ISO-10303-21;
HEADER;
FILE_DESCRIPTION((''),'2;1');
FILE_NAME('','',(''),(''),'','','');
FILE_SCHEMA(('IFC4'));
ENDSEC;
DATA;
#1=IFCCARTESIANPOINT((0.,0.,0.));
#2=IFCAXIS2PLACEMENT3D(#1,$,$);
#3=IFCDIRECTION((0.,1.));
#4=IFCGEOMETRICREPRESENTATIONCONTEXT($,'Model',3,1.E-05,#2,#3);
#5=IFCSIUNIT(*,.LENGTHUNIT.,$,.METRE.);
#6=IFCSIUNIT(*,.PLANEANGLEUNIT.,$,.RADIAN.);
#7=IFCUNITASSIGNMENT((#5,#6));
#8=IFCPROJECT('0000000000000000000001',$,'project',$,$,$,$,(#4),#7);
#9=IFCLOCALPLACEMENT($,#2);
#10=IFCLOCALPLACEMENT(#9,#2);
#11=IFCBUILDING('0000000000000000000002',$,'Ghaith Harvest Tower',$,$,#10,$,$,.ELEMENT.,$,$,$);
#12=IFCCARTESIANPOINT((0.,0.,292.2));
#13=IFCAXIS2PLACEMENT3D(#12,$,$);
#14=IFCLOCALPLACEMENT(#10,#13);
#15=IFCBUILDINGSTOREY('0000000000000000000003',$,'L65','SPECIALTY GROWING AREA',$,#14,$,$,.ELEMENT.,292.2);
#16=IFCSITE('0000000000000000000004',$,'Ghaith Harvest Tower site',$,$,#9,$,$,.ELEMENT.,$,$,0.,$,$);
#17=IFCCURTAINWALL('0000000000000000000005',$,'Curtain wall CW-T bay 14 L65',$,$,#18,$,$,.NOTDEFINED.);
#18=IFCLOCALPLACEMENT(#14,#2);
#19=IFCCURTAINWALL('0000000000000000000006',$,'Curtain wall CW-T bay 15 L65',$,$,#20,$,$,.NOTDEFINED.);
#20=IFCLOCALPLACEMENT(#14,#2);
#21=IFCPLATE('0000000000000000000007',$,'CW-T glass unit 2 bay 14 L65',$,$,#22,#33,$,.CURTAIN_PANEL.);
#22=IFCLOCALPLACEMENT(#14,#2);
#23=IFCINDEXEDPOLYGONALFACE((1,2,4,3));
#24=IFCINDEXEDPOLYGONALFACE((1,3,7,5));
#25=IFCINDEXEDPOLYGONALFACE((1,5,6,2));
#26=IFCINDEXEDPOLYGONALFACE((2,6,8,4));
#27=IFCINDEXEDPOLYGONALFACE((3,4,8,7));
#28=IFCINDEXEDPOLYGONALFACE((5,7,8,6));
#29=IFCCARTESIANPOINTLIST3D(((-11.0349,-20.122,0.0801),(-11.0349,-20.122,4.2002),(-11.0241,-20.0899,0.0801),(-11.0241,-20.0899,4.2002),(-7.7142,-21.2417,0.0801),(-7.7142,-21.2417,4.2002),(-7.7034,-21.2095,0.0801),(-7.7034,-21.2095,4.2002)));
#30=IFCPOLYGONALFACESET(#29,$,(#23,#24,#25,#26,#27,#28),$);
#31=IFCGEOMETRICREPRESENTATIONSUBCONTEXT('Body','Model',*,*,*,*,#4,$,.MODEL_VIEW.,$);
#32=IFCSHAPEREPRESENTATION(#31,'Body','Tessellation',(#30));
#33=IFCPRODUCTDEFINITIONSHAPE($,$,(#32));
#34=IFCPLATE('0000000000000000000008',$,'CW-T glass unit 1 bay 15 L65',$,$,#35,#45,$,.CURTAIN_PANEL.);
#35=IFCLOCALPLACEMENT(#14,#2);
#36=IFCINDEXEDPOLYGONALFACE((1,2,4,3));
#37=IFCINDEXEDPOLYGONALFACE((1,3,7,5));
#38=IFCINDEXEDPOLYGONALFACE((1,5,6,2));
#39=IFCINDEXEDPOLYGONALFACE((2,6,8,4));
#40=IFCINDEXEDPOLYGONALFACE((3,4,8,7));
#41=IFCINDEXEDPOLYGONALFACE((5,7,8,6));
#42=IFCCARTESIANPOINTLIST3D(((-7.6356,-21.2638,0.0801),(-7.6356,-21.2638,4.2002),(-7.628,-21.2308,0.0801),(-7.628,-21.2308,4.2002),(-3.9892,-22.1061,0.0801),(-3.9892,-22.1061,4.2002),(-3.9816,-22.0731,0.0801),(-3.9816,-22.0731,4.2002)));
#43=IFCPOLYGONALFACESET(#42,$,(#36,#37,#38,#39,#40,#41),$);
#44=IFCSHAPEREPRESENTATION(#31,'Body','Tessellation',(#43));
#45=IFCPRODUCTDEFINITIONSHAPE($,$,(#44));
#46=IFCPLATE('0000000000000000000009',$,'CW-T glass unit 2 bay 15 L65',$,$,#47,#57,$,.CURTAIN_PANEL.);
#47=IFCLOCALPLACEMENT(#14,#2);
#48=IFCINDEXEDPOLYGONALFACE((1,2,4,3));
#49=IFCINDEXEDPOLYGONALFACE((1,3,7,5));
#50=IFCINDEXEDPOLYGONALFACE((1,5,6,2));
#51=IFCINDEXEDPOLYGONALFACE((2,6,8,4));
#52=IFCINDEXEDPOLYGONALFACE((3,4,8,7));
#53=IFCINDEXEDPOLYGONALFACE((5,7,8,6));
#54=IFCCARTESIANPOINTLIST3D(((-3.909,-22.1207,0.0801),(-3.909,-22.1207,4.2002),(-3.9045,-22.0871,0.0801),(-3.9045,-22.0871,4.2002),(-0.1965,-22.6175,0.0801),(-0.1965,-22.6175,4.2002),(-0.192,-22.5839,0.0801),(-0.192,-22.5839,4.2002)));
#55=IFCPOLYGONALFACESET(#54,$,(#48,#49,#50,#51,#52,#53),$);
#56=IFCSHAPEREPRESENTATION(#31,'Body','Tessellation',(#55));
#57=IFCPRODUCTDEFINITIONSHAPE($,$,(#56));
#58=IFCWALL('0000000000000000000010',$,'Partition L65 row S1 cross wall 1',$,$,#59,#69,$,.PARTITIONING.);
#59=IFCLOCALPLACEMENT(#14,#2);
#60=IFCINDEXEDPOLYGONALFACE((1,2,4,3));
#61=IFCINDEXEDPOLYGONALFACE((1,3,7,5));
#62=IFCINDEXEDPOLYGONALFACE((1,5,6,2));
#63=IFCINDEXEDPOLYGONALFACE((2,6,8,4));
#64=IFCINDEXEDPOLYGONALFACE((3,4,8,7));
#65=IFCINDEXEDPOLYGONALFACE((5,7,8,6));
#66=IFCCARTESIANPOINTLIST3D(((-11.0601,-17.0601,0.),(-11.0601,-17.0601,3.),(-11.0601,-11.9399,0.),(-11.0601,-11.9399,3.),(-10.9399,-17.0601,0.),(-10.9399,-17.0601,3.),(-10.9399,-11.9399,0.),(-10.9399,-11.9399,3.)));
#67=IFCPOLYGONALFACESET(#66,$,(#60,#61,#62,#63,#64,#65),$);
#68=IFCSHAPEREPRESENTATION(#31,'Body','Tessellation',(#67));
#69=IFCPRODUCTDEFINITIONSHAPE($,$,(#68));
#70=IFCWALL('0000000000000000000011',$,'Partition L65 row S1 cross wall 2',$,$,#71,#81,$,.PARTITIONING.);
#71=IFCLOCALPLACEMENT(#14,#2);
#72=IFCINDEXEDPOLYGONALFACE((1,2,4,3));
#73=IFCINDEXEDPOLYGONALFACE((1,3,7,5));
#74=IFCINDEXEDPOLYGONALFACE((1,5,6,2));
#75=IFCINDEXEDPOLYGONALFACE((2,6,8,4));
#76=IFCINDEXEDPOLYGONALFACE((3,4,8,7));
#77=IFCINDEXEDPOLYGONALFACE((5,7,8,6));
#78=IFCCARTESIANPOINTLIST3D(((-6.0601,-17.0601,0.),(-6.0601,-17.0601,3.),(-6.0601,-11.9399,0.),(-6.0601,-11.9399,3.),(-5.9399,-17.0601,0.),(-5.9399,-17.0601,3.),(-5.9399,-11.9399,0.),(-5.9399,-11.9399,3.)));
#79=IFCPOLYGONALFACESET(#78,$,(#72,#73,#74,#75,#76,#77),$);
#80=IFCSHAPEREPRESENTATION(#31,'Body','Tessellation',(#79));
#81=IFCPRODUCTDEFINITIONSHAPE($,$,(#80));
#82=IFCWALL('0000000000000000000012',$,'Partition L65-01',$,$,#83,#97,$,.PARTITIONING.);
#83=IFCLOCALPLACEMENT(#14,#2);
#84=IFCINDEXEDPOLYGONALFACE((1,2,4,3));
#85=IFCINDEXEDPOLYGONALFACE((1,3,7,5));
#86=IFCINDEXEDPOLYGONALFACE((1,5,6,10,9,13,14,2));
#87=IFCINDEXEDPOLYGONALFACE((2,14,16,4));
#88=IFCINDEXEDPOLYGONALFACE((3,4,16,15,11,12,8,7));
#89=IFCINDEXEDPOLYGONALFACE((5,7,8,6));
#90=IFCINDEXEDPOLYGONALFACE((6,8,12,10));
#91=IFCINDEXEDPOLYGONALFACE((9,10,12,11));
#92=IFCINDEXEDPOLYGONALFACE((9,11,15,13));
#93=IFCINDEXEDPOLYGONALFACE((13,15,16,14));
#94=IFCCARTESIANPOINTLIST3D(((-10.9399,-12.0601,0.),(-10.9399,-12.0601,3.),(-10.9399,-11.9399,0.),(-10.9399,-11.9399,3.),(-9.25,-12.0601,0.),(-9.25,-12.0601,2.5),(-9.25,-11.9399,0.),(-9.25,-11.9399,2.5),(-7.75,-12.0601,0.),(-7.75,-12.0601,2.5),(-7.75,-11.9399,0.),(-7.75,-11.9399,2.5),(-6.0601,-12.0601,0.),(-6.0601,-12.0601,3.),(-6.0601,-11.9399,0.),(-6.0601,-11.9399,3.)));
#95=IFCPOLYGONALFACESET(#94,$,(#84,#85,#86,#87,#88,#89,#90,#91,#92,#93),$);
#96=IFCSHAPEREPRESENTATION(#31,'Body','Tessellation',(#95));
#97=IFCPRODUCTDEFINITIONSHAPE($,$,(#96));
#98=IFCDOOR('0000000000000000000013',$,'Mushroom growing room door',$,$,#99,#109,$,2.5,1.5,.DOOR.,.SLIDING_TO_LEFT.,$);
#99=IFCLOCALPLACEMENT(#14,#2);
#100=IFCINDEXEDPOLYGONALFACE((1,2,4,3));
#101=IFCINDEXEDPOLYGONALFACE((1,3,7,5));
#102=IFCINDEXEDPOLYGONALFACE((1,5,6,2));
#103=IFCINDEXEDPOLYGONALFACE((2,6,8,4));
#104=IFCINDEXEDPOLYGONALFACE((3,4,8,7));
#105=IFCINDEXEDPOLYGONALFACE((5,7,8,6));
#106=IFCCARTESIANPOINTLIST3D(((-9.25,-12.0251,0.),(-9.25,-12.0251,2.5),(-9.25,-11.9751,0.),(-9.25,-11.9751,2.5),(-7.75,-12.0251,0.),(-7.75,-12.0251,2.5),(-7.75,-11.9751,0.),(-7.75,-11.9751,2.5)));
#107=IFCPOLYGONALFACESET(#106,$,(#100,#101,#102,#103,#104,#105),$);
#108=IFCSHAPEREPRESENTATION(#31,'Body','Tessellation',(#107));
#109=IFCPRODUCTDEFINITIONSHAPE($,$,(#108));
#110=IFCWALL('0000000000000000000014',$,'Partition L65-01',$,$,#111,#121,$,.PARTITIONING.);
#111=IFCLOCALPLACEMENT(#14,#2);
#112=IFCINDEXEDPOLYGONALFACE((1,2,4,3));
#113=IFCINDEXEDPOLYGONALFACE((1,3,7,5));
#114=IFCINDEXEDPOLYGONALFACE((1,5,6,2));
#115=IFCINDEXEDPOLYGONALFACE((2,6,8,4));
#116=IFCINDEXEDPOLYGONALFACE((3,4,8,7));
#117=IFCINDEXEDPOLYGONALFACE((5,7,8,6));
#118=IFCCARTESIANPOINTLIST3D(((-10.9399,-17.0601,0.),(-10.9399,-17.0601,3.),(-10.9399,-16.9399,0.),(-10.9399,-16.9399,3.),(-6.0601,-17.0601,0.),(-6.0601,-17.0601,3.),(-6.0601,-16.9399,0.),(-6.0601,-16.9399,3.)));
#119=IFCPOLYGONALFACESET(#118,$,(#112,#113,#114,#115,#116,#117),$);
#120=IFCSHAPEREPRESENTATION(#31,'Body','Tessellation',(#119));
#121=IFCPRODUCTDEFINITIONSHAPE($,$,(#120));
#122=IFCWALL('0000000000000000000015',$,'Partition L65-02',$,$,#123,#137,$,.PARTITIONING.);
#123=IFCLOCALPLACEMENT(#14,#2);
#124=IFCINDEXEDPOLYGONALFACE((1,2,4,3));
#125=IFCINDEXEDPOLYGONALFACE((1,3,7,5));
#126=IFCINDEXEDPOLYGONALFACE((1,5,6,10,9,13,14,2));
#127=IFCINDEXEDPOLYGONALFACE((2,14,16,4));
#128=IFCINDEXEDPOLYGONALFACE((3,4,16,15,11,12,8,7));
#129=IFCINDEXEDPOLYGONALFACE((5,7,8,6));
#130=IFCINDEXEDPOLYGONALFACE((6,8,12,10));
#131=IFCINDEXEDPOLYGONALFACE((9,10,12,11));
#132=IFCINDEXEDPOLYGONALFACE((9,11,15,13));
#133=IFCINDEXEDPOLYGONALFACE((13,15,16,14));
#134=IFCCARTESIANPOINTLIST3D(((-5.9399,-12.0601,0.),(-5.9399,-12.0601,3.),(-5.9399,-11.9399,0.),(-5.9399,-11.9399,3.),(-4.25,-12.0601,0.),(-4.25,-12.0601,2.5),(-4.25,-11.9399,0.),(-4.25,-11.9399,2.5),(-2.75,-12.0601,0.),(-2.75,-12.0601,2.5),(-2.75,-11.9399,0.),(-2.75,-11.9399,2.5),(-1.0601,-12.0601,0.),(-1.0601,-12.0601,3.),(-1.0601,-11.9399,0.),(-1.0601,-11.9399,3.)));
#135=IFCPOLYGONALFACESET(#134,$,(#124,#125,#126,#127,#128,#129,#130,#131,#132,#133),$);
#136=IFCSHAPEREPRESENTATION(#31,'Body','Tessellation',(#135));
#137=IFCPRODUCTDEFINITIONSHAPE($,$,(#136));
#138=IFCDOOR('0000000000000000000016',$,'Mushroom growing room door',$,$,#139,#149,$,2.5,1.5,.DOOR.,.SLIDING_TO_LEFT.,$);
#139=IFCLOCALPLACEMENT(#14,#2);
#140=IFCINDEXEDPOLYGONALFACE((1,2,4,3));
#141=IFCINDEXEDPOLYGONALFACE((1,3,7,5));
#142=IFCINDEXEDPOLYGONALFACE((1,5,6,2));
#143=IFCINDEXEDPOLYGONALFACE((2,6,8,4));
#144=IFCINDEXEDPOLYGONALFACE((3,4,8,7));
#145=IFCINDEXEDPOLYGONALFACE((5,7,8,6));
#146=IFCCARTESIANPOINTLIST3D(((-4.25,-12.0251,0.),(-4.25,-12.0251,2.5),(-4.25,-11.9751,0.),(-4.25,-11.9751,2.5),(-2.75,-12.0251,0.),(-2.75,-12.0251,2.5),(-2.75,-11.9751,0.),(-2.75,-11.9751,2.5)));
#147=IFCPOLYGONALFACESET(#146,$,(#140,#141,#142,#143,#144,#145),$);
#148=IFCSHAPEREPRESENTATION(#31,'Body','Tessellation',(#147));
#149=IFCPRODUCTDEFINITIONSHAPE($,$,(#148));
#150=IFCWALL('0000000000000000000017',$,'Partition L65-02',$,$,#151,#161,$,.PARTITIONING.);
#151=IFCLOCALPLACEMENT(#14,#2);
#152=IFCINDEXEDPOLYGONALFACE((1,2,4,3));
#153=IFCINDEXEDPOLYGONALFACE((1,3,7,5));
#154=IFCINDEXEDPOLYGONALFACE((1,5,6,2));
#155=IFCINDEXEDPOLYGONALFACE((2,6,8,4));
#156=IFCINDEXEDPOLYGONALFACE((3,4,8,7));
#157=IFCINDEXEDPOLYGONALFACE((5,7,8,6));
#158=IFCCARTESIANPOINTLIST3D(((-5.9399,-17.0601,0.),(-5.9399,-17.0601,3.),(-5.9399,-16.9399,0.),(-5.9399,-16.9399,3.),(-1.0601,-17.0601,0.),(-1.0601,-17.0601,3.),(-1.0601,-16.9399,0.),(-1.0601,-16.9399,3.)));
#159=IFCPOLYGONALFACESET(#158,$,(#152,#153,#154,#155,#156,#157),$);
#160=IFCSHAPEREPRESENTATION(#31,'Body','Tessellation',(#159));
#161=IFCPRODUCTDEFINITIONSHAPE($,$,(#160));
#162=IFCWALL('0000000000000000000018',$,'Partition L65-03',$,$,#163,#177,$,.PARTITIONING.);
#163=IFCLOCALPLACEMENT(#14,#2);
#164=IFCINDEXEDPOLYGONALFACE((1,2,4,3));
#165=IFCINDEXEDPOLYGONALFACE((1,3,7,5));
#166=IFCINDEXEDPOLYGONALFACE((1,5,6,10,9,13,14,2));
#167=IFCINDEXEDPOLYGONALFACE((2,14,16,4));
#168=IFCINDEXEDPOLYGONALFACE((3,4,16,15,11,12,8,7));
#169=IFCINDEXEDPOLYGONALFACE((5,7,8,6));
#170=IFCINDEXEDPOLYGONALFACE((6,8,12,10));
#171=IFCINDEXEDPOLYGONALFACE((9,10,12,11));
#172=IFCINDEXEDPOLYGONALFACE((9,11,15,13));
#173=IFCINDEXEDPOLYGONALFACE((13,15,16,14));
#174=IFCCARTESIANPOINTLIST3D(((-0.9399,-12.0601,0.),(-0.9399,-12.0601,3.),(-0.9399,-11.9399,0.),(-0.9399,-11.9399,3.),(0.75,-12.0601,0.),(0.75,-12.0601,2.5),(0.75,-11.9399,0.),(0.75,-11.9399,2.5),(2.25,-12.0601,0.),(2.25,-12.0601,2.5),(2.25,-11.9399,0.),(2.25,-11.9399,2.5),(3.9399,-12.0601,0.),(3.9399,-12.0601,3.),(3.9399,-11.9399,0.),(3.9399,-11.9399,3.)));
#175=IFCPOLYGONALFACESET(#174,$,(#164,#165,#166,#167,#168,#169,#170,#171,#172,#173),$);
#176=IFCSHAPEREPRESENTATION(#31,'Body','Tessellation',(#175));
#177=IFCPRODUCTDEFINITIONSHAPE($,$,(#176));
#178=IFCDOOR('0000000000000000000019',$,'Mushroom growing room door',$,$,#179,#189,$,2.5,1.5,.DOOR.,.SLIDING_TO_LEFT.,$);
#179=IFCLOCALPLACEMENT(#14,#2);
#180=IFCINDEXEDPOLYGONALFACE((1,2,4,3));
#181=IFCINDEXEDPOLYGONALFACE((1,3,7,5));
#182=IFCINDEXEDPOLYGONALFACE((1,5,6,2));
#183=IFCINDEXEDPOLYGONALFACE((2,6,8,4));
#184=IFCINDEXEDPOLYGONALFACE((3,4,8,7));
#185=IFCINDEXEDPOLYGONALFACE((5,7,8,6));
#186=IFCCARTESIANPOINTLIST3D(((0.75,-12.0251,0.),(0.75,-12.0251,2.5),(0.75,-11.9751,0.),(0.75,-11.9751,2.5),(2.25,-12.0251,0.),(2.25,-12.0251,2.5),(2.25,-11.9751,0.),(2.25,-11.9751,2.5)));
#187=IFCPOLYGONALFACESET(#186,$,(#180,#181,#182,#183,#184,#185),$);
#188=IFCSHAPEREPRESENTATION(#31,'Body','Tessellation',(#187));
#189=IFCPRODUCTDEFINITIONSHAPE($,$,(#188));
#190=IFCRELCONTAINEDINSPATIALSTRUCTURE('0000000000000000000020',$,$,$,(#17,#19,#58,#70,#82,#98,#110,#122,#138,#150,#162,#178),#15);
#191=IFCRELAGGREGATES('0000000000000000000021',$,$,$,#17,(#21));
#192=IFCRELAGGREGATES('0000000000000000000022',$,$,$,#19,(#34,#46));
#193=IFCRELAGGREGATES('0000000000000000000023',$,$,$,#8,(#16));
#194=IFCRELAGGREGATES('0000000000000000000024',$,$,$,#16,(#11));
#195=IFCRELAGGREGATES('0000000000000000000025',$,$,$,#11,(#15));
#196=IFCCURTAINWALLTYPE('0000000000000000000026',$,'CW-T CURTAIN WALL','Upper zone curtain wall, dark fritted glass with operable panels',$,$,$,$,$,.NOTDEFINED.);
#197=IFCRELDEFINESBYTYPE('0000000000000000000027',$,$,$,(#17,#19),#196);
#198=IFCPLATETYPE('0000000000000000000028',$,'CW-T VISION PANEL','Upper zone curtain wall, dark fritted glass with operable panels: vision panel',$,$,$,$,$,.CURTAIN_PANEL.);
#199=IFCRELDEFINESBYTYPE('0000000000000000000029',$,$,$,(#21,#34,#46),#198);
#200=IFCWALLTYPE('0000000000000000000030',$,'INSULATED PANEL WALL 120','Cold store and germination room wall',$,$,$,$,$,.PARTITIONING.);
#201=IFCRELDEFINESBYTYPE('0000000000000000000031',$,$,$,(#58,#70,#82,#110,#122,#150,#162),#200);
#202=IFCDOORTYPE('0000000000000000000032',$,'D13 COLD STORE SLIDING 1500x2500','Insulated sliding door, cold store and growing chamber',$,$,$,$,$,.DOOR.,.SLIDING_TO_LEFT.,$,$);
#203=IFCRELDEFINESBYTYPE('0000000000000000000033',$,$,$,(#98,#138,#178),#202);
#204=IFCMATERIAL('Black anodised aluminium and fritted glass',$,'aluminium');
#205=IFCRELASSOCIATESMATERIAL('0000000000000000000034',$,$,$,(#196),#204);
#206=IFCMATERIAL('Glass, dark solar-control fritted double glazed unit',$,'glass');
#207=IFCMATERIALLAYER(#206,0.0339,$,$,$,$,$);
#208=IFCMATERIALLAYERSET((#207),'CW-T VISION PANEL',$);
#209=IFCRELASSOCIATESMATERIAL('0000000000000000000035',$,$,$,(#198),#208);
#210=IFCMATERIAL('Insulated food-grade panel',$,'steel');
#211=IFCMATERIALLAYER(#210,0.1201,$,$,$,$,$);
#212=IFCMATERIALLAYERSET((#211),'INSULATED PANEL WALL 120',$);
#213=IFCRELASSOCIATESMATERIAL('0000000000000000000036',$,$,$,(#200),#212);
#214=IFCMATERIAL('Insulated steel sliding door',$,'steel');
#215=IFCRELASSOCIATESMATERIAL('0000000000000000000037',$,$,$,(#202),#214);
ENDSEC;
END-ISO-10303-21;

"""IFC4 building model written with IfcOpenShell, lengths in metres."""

from ifc_helpers import new_model, si_unit, direction, frame, frame_2d, origin, origin_2d, place, context, subcontext, project, spatial, rectangle, extrude, material, layer, layer_set, type_object, element, fill, aggregate, save


model = new_model("IFC4")

# Units and contexts
model_context = context("Model", 3, precision=1e-05, world=origin(), true_north=direction((0.0, 1.0)))
body_context = subcontext(model_context, "Body", "Model", "MODEL_VIEW")
ifc_project = project(units=[si_unit("LENGTHUNIT", "METRE"), si_unit("PLANEANGLEUNIT", "RADIAN")], contexts=[model_context])

# Site, building, storey
site_placement = place(None, origin())
site = spatial("IfcSite", under=ifc_project, at=site_placement, Name="Ghaith Harvest Tower site", CompositionType="ELEMENT", RefElevation=0.0)
building_placement = place(site_placement, origin())
building = spatial("IfcBuilding", under=site, at=building_placement, Name="Ghaith Harvest Tower", CompositionType="ELEMENT")
storey_placement = place(building_placement, frame((0.0, 0.0, 292.2)))
storey = spatial("IfcBuildingStorey", under=building, at=storey_placement, Name="L65", Description="SPECIALTY GROWING AREA", CompositionType="ELEMENT", Elevation=292.2)

# Curtain wall
ifc_material_1 = material(Name="Black anodised aluminium and fritted glass", Category="aluminium")
curtain_wall_type = type_object("IfcCurtainWallType", Name="CW-T CURTAIN WALL", Description="Upper zone curtain wall, dark fritted glass with operable panels", PredefinedType="NOTDEFINED", material=ifc_material_1)
curtain_wall_1_placement = place(storey_placement, origin())
curtain_wall_1 = element("IfcCurtainWall", 1, at=curtain_wall_1_placement, inside=storey, type_object=curtain_wall_type, Name="Curtain wall CW-T bay 14 L65", PredefinedType="NOTDEFINED")

# Curtain wall
curtain_wall_2_placement = place(storey_placement, origin())
curtain_wall_2 = element("IfcCurtainWall", 2, at=curtain_wall_2_placement, inside=storey, type_object=curtain_wall_type, Name="Curtain wall CW-T bay 15 L65", PredefinedType="NOTDEFINED")

# Plates
ifc_material_2 = material(Name="Glass, dark solar-control fritted double glazed unit", Category="glass")
ifc_layer_1 = layer(ifc_material_2, 0.0339)
ifc_layer_set_1 = layer_set([ifc_layer_1], Name="CW-T VISION PANEL")
plate_type = type_object("IfcPlateType", Name="CW-T VISION PANEL", Description="Upper zone curtain wall, dark fritted glass with operable panels: vision panel", PredefinedType="CURTAIN_PANEL", material=ifc_layer_set_1)
plate_1_placement = place(storey_placement, frame((-9.3691, -20.6658, 0.0801), z_axis=(0.0, 0.0, 1.0), x_axis=(0.947586, -0.3195, 0.0)))
plate_1 = element("IfcPlate", 3, at=plate_1_placement, type_object=plate_type, Name="CW-T glass unit 2 bay 14 L65", PredefinedType="CURTAIN_PANEL", context=body_context, shape_type="SweptSolid", body=[
    extrude(rectangle(XDim=3.5044, YDim=0.0339, at=origin_2d()), origin(), (0.0, 0.0, 1.0), 4.1201),
])
aggregate(curtain_wall_1, [plate_1])
plate_2_placement = place(storey_placement, frame((-5.8086, -21.6685, 0.0801), z_axis=(0.0, 0.0, 1.0), x_axis=(0.974342, -0.225072, 0.0)))
plate_2 = element("IfcPlate", 4, at=plate_2_placement, type_object=plate_type, Name="CW-T glass unit 1 bay 15 L65", PredefinedType="CURTAIN_PANEL", context=body_context, shape_type="SweptSolid", body=[
    extrude(rectangle(XDim=3.7424, YDim=0.0339, at=origin_2d()), origin(), (0.0, 0.0, 1.0), 4.1201),
])
plate_3_placement = place(storey_placement, frame((-2.0505, -22.3523, 0.0801), z_axis=(0.0, 0.0, 1.0), x_axis=(0.991165, -0.132633, 0.0)))
plate_3 = element("IfcPlate", 5, at=plate_3_placement, type_object=plate_type, Name="CW-T glass unit 2 bay 15 L65", PredefinedType="CURTAIN_PANEL", context=body_context, shape_type="SweptSolid", body=[
    extrude(rectangle(XDim=3.7456, YDim=0.0339, at=origin_2d()), origin(), (0.0, 0.0, 1.0), 4.1201),
])
aggregate(curtain_wall_2, [plate_2, plate_3])

# Walls
ifc_material_3 = material(Name="Insulated food-grade panel", Category="steel")
ifc_layer_2 = layer(ifc_material_3, 0.1201)
ifc_layer_set_2 = layer_set([ifc_layer_2], Name="INSULATED PANEL WALL 120")
wall_type = type_object("IfcWallType", Name="INSULATED PANEL WALL 120", Description="Cold store and germination room wall", PredefinedType="PARTITIONING", material=ifc_layer_set_2)
for number, where, z_axis, x_axis, name in (
    (6, (-11.0, -11.9399, 0.0), (0.0, 0.0, 1.0), (0.0, -1.0, 0.0), "Partition L65 row S1 cross wall 1"),
    (7, (-6.0, -11.9399, 0.0), (0.0, 0.0, 1.0), (0.0, -1.0, 0.0), "Partition L65 row S1 cross wall 2"),
):
    element("IfcWall", number, at=place(storey_placement, frame(where, z_axis=z_axis, x_axis=x_axis)), inside=storey, type_object=wall_type, Name=name, PredefinedType="PARTITIONING", context=body_context, shape_type="SweptSolid", body=[
        extrude(rectangle(XDim=5.1201, YDim=0.1201, at=frame_2d((2.5601, 0.0))), origin(), (0.0, 0.0, 1.0), 3.0),
    ])

# Wall, opening, door
wall_1_placement = place(storey_placement, frame((-10.9399, -12.0, 0.0), z_axis=(0.0, 0.0, 1.0), x_axis=(1.0, 0.0, 0.0)))
wall_1 = element("IfcWall", 8, at=wall_1_placement, inside=storey, type_object=wall_type, Name="Partition L65-01", PredefinedType="PARTITIONING", context=body_context, shape_type="SweptSolid", body=[
    extrude(rectangle(XDim=4.8799, YDim=0.1201, at=frame_2d((2.4399, 0.0))), origin(), (0.0, 0.0, 1.0), 3.0),
])
opening_1_placement = place(wall_1_placement, frame((1.6899, 0.0, 0.0)))
opening_1 = element("IfcOpeningElement", 9, at=opening_1_placement, cuts=wall_1, PredefinedType="OPENING", context=body_context, shape_type="SweptSolid", body=[
    extrude(rectangle(XDim=1.5, YDim=2.5, at=frame_2d((0.75, 1.25))), frame((0.0, 0.0701, 0.0), z_axis=(0.0, -1.0, 0.0), x_axis=(1.0, 0.0, 0.0)), (0.0, 0.0, 1.0), 0.1401),
])
ifc_material_4 = material(Name="Insulated steel sliding door", Category="steel")
door_type = type_object("IfcDoorType", Name="D13 COLD STORE SLIDING 1500x2500", Description="Insulated sliding door, cold store and growing chamber", OperationType="SLIDING_TO_LEFT", PredefinedType="DOOR", material=ifc_material_4)
door_1_placement = place(opening_1_placement, origin())
door_1 = element("IfcDoor", 10, at=door_1_placement, inside=storey, type_object=door_type, Name="Mushroom growing room door", OperationType="SLIDING_TO_LEFT", OverallHeight=2.5, OverallWidth=1.5, PredefinedType="DOOR", context=body_context, shape_type="SweptSolid", body=[
    extrude(rectangle(XDim=1.5, YDim=2.5, at=frame_2d((0.75, 1.25))), frame((0.0, 0.0249, 0.0), z_axis=(0.0, -1.0, 0.0), x_axis=(1.0, 0.0, 0.0)), (0.0, 0.0, 1.0), 0.05),
])
fill(opening_1, door_1)

# Wall
wall_2_placement = place(storey_placement, frame((-10.9399, -17.0, 0.0), z_axis=(0.0, 0.0, 1.0), x_axis=(1.0, 0.0, 0.0)))
element("IfcWall", 11, at=wall_2_placement, inside=storey, type_object=wall_type, Name="Partition L65-01", PredefinedType="PARTITIONING", context=body_context, shape_type="SweptSolid", body=[
    extrude(rectangle(XDim=4.8799, YDim=0.1201, at=frame_2d((2.4399, 0.0))), origin(), (0.0, 0.0, 1.0), 3.0),
])

# Wall, opening, door
wall_3_placement = place(storey_placement, frame((-5.9399, -12.0, 0.0), z_axis=(0.0, 0.0, 1.0), x_axis=(1.0, 0.0, 0.0)))
wall_3 = element("IfcWall", 12, at=wall_3_placement, inside=storey, type_object=wall_type, Name="Partition L65-02", PredefinedType="PARTITIONING", context=body_context, shape_type="SweptSolid", body=[
    extrude(rectangle(XDim=4.8799, YDim=0.1201, at=frame_2d((2.4399, 0.0))), origin(), (0.0, 0.0, 1.0), 3.0),
])
opening_2_placement = place(wall_3_placement, frame((1.6899, 0.0, 0.0)))
opening_2 = element("IfcOpeningElement", 13, at=opening_2_placement, cuts=wall_3, PredefinedType="OPENING", context=body_context, shape_type="SweptSolid", body=[
    extrude(rectangle(XDim=1.5, YDim=2.5, at=frame_2d((0.75, 1.25))), frame((0.0, 0.0701, 0.0), z_axis=(0.0, -1.0, 0.0), x_axis=(1.0, 0.0, 0.0)), (0.0, 0.0, 1.0), 0.1401),
])
door_2_placement = place(opening_2_placement, origin())
door_2 = element("IfcDoor", 14, at=door_2_placement, inside=storey, type_object=door_type, Name="Mushroom growing room door", OperationType="SLIDING_TO_LEFT", OverallHeight=2.5, OverallWidth=1.5, PredefinedType="DOOR", context=body_context, shape_type="SweptSolid", body=[
    extrude(rectangle(XDim=1.5, YDim=2.5, at=frame_2d((0.75, 1.25))), frame((0.0, 0.0249, 0.0), z_axis=(0.0, -1.0, 0.0), x_axis=(1.0, 0.0, 0.0)), (0.0, 0.0, 1.0), 0.05),
])
fill(opening_2, door_2)

# Wall
wall_4_placement = place(storey_placement, frame((-5.9399, -17.0, 0.0), z_axis=(0.0, 0.0, 1.0), x_axis=(1.0, 0.0, 0.0)))
element("IfcWall", 15, at=wall_4_placement, inside=storey, type_object=wall_type, Name="Partition L65-02", PredefinedType="PARTITIONING", context=body_context, shape_type="SweptSolid", body=[
    extrude(rectangle(XDim=4.8799, YDim=0.1201, at=frame_2d((2.4399, 0.0))), origin(), (0.0, 0.0, 1.0), 3.0),
])

# Wall, opening, door
wall_5_placement = place(storey_placement, frame((-0.9399, -12.0, 0.0), z_axis=(0.0, 0.0, 1.0), x_axis=(1.0, 0.0, 0.0)))
wall_5 = element("IfcWall", 16, at=wall_5_placement, inside=storey, type_object=wall_type, Name="Partition L65-03", PredefinedType="PARTITIONING", context=body_context, shape_type="SweptSolid", body=[
    extrude(rectangle(XDim=4.8799, YDim=0.1201, at=frame_2d((2.4399, 0.0))), origin(), (0.0, 0.0, 1.0), 3.0),
])
opening_3_placement = place(wall_5_placement, frame((1.6899, 0.0, 0.0)))
opening_3 = element("IfcOpeningElement", 17, at=opening_3_placement, cuts=wall_5, PredefinedType="OPENING", context=body_context, shape_type="SweptSolid", body=[
    extrude(rectangle(XDim=1.5, YDim=2.5, at=frame_2d((0.75, 1.25))), frame((0.0, 0.0701, 0.0), z_axis=(0.0, -1.0, 0.0), x_axis=(1.0, 0.0, 0.0)), (0.0, 0.0, 1.0), 0.1401),
])
door_3_placement = place(opening_3_placement, origin())
door_3 = element("IfcDoor", 18, at=door_3_placement, inside=storey, type_object=door_type, Name="Mushroom growing room door", OperationType="SLIDING_TO_LEFT", OverallHeight=2.5, OverallWidth=1.5, PredefinedType="DOOR", context=body_context, shape_type="SweptSolid", body=[
    extrude(rectangle(XDim=1.5, YDim=2.5, at=frame_2d((0.75, 1.25))), frame((0.0, 0.0249, 0.0), z_axis=(0.0, -1.0, 0.0), x_axis=(1.0, 0.0, 0.0)), (0.0, 0.0, 1.0), 0.05),
])
fill(opening_3, door_3)

save(model, "model.ifc")
